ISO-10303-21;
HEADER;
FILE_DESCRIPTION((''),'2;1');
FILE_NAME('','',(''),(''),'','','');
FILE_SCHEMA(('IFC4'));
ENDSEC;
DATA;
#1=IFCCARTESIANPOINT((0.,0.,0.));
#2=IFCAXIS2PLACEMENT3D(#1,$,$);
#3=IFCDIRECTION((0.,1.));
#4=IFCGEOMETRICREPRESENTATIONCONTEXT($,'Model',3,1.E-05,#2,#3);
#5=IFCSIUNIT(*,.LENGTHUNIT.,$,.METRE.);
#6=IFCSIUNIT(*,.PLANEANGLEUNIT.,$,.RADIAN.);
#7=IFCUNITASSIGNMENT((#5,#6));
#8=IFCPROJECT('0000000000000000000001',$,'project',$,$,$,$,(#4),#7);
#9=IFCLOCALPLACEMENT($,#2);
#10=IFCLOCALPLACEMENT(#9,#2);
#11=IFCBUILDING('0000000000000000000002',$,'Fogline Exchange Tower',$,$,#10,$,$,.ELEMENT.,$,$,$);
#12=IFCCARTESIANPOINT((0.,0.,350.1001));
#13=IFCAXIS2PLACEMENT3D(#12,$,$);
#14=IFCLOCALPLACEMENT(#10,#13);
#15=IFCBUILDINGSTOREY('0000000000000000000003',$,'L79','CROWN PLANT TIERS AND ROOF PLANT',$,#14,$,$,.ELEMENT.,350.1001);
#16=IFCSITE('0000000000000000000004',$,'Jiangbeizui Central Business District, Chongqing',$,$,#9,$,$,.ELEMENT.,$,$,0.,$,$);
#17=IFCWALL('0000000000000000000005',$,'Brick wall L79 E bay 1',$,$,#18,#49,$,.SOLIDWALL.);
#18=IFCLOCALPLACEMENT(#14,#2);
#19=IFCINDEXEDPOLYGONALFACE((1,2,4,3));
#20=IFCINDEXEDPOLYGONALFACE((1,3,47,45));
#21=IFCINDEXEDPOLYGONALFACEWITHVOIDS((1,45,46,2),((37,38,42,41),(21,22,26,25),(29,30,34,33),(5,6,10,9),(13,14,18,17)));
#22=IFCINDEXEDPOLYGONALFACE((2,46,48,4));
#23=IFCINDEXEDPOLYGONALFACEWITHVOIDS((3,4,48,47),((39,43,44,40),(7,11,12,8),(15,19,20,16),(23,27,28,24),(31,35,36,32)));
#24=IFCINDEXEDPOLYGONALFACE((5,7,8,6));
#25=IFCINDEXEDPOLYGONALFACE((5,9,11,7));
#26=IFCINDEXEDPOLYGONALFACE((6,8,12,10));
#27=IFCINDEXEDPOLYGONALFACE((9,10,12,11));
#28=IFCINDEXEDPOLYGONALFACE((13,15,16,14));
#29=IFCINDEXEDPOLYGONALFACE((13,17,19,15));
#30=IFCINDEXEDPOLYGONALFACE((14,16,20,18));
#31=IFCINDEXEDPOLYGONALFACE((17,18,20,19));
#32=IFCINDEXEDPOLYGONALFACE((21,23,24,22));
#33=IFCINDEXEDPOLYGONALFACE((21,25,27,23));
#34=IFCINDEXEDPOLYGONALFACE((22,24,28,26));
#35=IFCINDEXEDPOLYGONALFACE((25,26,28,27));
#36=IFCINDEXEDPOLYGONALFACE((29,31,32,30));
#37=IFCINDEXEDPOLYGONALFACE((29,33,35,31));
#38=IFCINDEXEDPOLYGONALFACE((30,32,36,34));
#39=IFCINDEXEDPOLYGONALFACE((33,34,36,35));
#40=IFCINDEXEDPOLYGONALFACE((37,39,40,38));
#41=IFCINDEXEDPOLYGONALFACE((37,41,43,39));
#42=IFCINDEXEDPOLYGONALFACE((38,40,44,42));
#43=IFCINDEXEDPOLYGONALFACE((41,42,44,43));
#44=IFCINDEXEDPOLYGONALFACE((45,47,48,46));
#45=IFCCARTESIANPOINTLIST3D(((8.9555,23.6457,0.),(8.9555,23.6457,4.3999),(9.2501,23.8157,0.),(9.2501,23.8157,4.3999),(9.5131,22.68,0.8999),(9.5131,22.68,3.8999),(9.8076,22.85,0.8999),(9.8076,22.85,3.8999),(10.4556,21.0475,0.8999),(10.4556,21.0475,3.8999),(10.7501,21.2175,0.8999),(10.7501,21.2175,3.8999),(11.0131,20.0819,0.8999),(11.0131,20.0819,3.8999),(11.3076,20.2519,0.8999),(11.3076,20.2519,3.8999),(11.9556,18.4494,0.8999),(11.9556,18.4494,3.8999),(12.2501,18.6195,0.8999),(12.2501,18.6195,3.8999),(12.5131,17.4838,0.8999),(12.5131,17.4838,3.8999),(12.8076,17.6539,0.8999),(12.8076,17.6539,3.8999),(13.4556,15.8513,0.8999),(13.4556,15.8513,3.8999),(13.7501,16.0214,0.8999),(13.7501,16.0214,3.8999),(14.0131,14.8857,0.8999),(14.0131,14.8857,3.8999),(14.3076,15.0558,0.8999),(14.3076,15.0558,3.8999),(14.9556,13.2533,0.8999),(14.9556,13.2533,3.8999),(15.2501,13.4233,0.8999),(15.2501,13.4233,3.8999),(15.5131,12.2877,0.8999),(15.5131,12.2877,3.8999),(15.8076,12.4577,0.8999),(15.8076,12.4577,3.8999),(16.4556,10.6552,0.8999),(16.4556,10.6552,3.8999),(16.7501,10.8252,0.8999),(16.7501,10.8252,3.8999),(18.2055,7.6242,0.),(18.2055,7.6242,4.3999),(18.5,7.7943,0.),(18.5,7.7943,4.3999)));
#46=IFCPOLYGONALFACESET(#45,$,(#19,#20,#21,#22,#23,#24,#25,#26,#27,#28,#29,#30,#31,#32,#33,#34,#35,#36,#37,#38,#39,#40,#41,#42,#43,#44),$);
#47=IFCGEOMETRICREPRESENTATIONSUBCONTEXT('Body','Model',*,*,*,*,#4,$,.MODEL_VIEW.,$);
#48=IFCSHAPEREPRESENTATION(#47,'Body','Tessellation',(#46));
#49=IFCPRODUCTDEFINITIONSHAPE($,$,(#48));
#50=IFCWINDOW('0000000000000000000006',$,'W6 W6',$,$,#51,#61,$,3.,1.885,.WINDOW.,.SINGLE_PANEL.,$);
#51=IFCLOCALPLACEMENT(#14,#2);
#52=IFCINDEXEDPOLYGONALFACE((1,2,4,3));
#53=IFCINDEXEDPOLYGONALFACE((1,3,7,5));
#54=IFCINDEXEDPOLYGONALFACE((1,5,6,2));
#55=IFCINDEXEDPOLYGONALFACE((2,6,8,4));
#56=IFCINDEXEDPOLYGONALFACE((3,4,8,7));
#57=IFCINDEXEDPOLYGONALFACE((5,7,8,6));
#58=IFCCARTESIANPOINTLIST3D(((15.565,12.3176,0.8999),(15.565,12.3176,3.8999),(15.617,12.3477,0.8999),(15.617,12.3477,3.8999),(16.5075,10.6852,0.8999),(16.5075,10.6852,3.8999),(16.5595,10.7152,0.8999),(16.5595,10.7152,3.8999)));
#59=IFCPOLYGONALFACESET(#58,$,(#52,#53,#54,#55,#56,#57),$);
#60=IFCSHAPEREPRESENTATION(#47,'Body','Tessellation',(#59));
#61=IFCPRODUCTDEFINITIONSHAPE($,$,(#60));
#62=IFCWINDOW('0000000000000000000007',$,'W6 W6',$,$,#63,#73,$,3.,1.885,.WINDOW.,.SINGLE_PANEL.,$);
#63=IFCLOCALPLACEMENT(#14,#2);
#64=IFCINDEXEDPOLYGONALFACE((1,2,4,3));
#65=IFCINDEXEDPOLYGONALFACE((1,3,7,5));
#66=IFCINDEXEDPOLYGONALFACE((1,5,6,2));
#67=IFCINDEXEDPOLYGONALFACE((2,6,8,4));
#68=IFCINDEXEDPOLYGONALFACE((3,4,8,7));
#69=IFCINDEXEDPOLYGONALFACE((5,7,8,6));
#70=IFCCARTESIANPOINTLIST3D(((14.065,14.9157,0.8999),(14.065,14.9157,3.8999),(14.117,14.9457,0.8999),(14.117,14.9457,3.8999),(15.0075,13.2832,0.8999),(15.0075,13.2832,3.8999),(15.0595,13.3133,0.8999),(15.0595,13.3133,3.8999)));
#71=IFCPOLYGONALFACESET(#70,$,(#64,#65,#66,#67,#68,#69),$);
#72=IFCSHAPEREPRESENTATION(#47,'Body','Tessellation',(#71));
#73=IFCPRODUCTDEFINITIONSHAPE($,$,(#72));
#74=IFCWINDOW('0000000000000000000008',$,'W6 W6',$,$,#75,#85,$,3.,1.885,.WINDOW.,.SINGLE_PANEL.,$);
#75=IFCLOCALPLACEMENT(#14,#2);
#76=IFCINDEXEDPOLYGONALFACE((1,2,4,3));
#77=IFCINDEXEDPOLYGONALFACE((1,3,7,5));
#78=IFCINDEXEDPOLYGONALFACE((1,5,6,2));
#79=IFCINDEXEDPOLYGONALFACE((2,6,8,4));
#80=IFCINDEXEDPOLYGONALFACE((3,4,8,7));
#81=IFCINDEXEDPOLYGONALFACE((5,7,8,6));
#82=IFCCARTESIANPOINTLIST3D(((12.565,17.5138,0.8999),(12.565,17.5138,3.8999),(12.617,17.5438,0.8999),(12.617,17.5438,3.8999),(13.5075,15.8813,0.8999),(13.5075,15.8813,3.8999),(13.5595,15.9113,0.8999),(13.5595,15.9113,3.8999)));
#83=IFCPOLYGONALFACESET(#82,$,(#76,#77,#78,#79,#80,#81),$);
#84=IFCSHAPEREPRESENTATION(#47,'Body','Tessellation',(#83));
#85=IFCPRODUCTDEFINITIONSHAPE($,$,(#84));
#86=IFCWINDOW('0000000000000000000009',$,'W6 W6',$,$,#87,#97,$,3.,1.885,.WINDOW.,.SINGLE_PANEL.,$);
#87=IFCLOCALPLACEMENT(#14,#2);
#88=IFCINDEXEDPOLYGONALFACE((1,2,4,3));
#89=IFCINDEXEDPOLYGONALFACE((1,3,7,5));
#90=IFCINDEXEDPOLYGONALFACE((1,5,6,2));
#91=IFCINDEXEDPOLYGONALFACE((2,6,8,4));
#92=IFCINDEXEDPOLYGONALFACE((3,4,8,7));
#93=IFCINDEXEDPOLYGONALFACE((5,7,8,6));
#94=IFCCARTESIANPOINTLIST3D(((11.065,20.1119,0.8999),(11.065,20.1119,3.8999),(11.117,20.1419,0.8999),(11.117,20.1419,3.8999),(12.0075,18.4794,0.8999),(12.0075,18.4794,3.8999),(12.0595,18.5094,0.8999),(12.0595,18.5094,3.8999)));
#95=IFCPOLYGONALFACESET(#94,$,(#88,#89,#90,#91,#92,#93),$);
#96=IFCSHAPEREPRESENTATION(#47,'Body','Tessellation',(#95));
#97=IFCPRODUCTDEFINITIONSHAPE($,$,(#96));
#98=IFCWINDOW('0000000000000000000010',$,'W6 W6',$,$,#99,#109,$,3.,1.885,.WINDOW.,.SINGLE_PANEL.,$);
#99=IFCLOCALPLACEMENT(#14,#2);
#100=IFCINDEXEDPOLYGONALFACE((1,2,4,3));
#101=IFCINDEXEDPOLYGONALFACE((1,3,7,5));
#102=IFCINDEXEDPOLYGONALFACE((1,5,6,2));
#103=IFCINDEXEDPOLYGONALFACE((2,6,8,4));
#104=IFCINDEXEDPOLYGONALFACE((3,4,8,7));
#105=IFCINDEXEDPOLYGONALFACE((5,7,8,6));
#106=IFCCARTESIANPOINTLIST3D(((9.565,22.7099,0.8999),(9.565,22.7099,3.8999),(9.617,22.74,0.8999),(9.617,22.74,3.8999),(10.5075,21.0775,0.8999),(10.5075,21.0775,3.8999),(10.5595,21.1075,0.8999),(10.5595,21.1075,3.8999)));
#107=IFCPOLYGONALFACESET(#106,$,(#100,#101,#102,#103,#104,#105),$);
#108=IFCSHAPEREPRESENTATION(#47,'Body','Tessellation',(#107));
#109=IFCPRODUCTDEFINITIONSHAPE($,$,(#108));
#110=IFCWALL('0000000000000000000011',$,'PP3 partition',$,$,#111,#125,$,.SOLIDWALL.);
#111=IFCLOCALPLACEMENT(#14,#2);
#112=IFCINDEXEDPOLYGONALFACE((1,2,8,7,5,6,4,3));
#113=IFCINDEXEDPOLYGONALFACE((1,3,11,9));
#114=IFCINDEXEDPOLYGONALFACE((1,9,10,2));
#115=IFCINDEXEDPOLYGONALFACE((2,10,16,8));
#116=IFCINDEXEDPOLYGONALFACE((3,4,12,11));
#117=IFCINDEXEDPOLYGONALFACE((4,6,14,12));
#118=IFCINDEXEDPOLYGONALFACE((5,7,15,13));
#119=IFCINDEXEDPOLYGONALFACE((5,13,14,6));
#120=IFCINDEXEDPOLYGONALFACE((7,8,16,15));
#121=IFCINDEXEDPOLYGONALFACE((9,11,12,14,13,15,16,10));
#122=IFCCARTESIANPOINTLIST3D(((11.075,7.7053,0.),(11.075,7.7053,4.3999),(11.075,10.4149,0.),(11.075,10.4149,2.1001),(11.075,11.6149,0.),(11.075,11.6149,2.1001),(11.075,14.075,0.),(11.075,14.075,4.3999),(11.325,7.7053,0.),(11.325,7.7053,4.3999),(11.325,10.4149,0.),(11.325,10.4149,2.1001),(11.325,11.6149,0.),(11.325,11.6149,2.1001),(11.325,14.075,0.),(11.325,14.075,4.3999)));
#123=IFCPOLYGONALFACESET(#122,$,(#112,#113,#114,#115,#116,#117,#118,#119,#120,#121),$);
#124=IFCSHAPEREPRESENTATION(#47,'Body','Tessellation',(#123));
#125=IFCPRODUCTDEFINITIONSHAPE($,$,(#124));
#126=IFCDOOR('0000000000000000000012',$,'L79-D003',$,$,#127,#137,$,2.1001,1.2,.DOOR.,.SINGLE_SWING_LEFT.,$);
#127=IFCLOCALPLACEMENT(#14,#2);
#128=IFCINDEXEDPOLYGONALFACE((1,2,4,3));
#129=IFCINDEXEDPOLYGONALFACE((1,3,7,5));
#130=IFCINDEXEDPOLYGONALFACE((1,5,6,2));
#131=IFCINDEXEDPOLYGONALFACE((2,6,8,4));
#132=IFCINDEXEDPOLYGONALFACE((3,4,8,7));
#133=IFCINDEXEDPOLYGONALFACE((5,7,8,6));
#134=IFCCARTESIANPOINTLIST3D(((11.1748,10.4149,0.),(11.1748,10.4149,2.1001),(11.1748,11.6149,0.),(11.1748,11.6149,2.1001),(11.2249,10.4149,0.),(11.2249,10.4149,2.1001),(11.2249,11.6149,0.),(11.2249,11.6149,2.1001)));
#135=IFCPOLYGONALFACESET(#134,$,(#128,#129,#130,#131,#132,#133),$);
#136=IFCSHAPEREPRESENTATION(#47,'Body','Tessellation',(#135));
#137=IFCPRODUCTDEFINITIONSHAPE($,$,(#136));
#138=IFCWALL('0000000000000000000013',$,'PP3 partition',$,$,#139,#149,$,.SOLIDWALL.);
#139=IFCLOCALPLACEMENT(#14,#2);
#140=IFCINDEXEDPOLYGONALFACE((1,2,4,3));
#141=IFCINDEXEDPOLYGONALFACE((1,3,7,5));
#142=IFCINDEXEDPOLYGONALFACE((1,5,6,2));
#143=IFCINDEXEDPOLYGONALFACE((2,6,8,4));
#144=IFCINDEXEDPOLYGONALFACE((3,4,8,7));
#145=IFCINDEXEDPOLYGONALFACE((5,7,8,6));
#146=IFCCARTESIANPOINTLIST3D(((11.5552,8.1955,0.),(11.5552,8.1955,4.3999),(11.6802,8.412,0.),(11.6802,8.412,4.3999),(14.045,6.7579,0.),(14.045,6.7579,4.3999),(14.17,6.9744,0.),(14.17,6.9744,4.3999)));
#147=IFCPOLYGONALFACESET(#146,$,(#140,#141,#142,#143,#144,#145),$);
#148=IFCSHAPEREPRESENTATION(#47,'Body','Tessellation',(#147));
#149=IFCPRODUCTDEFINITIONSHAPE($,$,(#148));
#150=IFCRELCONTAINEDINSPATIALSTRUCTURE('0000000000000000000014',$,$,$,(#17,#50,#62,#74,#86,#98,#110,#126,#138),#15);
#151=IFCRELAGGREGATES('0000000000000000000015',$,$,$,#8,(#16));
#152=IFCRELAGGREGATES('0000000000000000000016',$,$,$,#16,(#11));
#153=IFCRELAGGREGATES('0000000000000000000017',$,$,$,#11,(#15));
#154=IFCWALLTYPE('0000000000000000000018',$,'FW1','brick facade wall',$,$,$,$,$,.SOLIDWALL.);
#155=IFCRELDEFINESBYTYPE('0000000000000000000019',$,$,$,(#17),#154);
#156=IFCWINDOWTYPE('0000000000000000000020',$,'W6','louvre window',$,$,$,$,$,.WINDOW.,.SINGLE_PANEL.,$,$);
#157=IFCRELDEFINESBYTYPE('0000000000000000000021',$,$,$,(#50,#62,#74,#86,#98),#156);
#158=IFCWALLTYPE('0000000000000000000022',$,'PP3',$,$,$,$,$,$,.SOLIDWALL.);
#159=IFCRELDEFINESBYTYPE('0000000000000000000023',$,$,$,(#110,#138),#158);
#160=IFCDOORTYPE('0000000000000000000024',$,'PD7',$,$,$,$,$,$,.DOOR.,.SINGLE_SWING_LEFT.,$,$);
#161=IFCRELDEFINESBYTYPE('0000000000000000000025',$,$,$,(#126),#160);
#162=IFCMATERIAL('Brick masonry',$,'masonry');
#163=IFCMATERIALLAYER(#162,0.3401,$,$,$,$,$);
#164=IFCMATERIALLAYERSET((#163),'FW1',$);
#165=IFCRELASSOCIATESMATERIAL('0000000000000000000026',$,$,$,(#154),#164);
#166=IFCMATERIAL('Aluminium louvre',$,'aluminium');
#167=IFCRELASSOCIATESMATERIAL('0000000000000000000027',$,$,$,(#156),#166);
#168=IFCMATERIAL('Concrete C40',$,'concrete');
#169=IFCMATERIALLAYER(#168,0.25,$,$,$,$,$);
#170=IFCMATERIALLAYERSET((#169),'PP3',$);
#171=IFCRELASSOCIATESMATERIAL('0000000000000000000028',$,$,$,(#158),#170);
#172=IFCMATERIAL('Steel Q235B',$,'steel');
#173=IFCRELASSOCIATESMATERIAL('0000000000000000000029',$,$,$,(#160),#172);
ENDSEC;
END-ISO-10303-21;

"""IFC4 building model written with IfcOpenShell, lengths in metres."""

from ifc_helpers import new_model, si_unit, direction, frame, frame_2d, origin, place, context, subcontext, project, spatial, rectangle, extrude, material, layer, layer_set, type_object, element, fill, save


model = new_model("IFC4")

# Units and contexts
model_context = context("Model", 3, precision=1e-05, world=origin(), true_north=direction((0.0, 1.0)))
body_context = subcontext(model_context, "Body", "Model", "MODEL_VIEW")
ifc_project = project(units=[si_unit("LENGTHUNIT", "METRE"), si_unit("PLANEANGLEUNIT", "RADIAN")], contexts=[model_context])

# Site, building, storey
site_placement = place(None, origin())
site = spatial("IfcSite", under=ifc_project, at=site_placement, Name="Jiangbeizui Central Business District, Chongqing", CompositionType="ELEMENT", RefElevation=0.0)
building_placement = place(site_placement, origin())
building = spatial("IfcBuilding", under=site, at=building_placement, Name="Fogline Exchange Tower", CompositionType="ELEMENT")
storey_placement = place(building_placement, frame((0.0, 0.0, 350.1001)))
storey = spatial("IfcBuildingStorey", under=building, at=storey_placement, Name="L79", Description="CROWN PLANT TIERS AND ROOF PLANT", CompositionType="ELEMENT", Elevation=350.1001)

# Shared definitions
ifc_material_1 = material(Name="Concrete C40", Category="concrete")

# Wall, openings, windows
ifc_material_2 = material(Name="Brick masonry", Category="masonry")
ifc_layer_1 = layer(ifc_material_2, 0.3401)
ifc_layer_set_1 = layer_set([ifc_layer_1], Name="FW1")
wall_type_1 = type_object("IfcWallType", Name="FW1", Description="brick facade wall", PredefinedType="SOLIDWALL", material=ifc_layer_set_1)
wall_1_placement = place(storey_placement, frame((18.3528, 7.7092, 0.0), z_axis=(0.0, 0.0, 1.0), x_axis=(-0.5, 0.866026, 0.0)))
wall_1 = element("IfcWall", 1, at=wall_1_placement, inside=storey, type_object=wall_type_1, Name="Brick wall L79 E bay 1", PredefinedType="SOLIDWALL", context=body_context, shape_type="SweptSolid", body=[
    extrude(rectangle(XDim=18.5, YDim=0.3401, at=frame_2d((9.25, 0.0))), origin(), (0.0, 0.0, 1.0), 4.3999),
])
opening_1_placement = place(wall_1_placement, frame((3.5, 0.0, 0.8999)))
opening_1 = element("IfcOpeningElement", 2, at=opening_1_placement, cuts=wall_1, PredefinedType="OPENING", context=body_context, shape_type="SweptSolid", body=[
    extrude(rectangle(XDim=1.885, YDim=3.0, at=frame_2d((0.9424, 1.5))), frame((0.0, 0.1802, 0.0), z_axis=(0.0, -1.0, 0.0), x_axis=(1.0, 0.0, 0.0)), (0.0, 0.0, 1.0), 0.3601),
])
opening_2_placement = place(wall_1_placement, frame((6.5, 0.0, 0.8999)))
opening_2 = element("IfcOpeningElement", 3, at=opening_2_placement, cuts=wall_1, PredefinedType="OPENING", context=body_context, shape_type="SweptSolid", body=[
    extrude(rectangle(XDim=1.885, YDim=3.0, at=frame_2d((0.9424, 1.5))), frame((0.0, 0.1802, 0.0), z_axis=(0.0, -1.0, 0.0), x_axis=(1.0, 0.0, 0.0)), (0.0, 0.0, 1.0), 0.3601),
])
opening_3_placement = place(wall_1_placement, frame((9.5, 0.0, 0.8999)))
opening_3 = element("IfcOpeningElement", 4, at=opening_3_placement, cuts=wall_1, PredefinedType="OPENING", context=body_context, shape_type="SweptSolid", body=[
    extrude(rectangle(XDim=1.885, YDim=3.0, at=frame_2d((0.9424, 1.5))), frame((0.0, 0.1802, 0.0), z_axis=(0.0, -1.0, 0.0), x_axis=(1.0, 0.0, 0.0)), (0.0, 0.0, 1.0), 0.3601),
])
opening_4_placement = place(wall_1_placement, frame((12.5, 0.0, 0.8999)))
opening_4 = element("IfcOpeningElement", 5, at=opening_4_placement, cuts=wall_1, PredefinedType="OPENING", context=body_context, shape_type="SweptSolid", body=[
    extrude(rectangle(XDim=1.885, YDim=3.0, at=frame_2d((0.9424, 1.5))), frame((0.0, 0.1802, 0.0), z_axis=(0.0, -1.0, 0.0), x_axis=(1.0, 0.0, 0.0)), (0.0, 0.0, 1.0), 0.3601),
])
opening_5_placement = place(wall_1_placement, frame((15.5, 0.0, 0.8999)))
opening_5 = element("IfcOpeningElement", 6, at=opening_5_placement, cuts=wall_1, PredefinedType="OPENING", context=body_context, shape_type="SweptSolid", body=[
    extrude(rectangle(XDim=1.885, YDim=3.0, at=frame_2d((0.9424, 1.5))), frame((0.0, 0.1802, 0.0), z_axis=(0.0, -1.0, 0.0), x_axis=(1.0, 0.0, 0.0)), (0.0, 0.0, 1.0), 0.3601),
])
ifc_material_3 = material(Name="Aluminium louvre", Category="aluminium")
window_type = type_object("IfcWindowType", Name="W6", Description="louvre window", PartitioningType="SINGLE_PANEL", PredefinedType="WINDOW", material=ifc_material_3)
window_1_placement = place(opening_1_placement, origin())
window_1 = element("IfcWindow", 7, at=window_1_placement, inside=storey, type_object=window_type, Name="W6 W6", OverallHeight=3.0, OverallWidth=1.885, PartitioningType="SINGLE_PANEL", PredefinedType="WINDOW", context=body_context, shape_type="SweptSolid", body=[
    extrude(rectangle(XDim=1.885, YDim=3.0, at=frame_2d((0.9424, 1.5))), frame((0.0, 0.1101, 0.0), z_axis=(0.0, -1.0, 0.0), x_axis=(1.0, 0.0, 0.0)), (0.0, 0.0, 1.0), 0.0601),
])
fill(opening_1, window_1)
window_2_placement = place(opening_2_placement, origin())
window_2 = element("IfcWindow", 8, at=window_2_placement, inside=storey, type_object=window_type, Name="W6 W6", OverallHeight=3.0, OverallWidth=1.885, PartitioningType="SINGLE_PANEL", PredefinedType="WINDOW", context=body_context, shape_type="SweptSolid", body=[
    extrude(rectangle(XDim=1.885, YDim=3.0, at=frame_2d((0.9424, 1.5))), frame((0.0, 0.1101, 0.0), z_axis=(0.0, -1.0, 0.0), x_axis=(1.0, 0.0, 0.0)), (0.0, 0.0, 1.0), 0.0601),
])
fill(opening_2, window_2)
window_3_placement = place(opening_3_placement, origin())
window_3 = element("IfcWindow", 9, at=window_3_placement, inside=storey, type_object=window_type, Name="W6 W6", OverallHeight=3.0, OverallWidth=1.885, PartitioningType="SINGLE_PANEL", PredefinedType="WINDOW", context=body_context, shape_type="SweptSolid", body=[
    extrude(rectangle(XDim=1.885, YDim=3.0, at=frame_2d((0.9424, 1.5))), frame((0.0, 0.1101, 0.0), z_axis=(0.0, -1.0, 0.0), x_axis=(1.0, 0.0, 0.0)), (0.0, 0.0, 1.0), 0.0601),
])
fill(opening_3, window_3)
window_4_placement = place(opening_4_placement, origin())
window_4 = element("IfcWindow", 10, at=window_4_placement, inside=storey, type_object=window_type, Name="W6 W6", OverallHeight=3.0, OverallWidth=1.885, PartitioningType="SINGLE_PANEL", PredefinedType="WINDOW", context=body_context, shape_type="SweptSolid", body=[
    extrude(rectangle(XDim=1.885, YDim=3.0, at=frame_2d((0.9424, 1.5))), frame((0.0, 0.1101, 0.0), z_axis=(0.0, -1.0, 0.0), x_axis=(1.0, 0.0, 0.0)), (0.0, 0.0, 1.0), 0.0601),
])
fill(opening_4, window_4)
window_5_placement = place(opening_5_placement, origin())
window_5 = element("IfcWindow", 11, at=window_5_placement, inside=storey, type_object=window_type, Name="W6 W6", OverallHeight=3.0, OverallWidth=1.885, PartitioningType="SINGLE_PANEL", PredefinedType="WINDOW", context=body_context, shape_type="SweptSolid", body=[
    extrude(rectangle(XDim=1.885, YDim=3.0, at=frame_2d((0.9424, 1.5))), frame((0.0, 0.1101, 0.0), z_axis=(0.0, -1.0, 0.0), x_axis=(1.0, 0.0, 0.0)), (0.0, 0.0, 1.0), 0.0601),
])
fill(opening_5, window_5)

# Wall, opening, door
ifc_layer_2 = layer(ifc_material_1, 0.25)
ifc_layer_set_2 = layer_set([ifc_layer_2], Name="PP3")
wall_type_2 = type_object("IfcWallType", Name="PP3", PredefinedType="SOLIDWALL", material=ifc_layer_set_2)
wall_2_placement = place(storey_placement, frame((11.2, 14.075, 0.0), z_axis=(0.0, 0.0, 1.0), x_axis=(0.0, -1.0, 0.0)))
wall_2 = element("IfcWall", 12, at=wall_2_placement, inside=storey, type_object=wall_type_2, Name="PP3 partition", PredefinedType="SOLIDWALL", context=body_context, shape_type="SweptSolid", body=[
    extrude(rectangle(XDim=6.3696, YDim=0.25, at=frame_2d((3.1848, 0.0))), origin(), (0.0, 0.0, 1.0), 4.3999),
])
opening_6_placement = place(wall_2_placement, frame((2.46, 0.0, 0.0)))
opening_6 = element("IfcOpeningElement", 13, at=opening_6_placement, cuts=wall_2, PredefinedType="OPENING", context=body_context, shape_type="SweptSolid", body=[
    extrude(rectangle(XDim=1.2, YDim=2.1001, at=frame_2d((0.6001, 1.05))), frame((0.0, 0.135, 0.0), z_axis=(0.0, -1.0, 0.0), x_axis=(1.0, 0.0, 0.0)), (0.0, 0.0, 1.0), 0.27),
])
ifc_material_4 = material(Name="Steel Q235B", Category="steel")
door_type_1 = type_object("IfcDoorType", Name="PD7", OperationType="SINGLE_SWING_LEFT", PredefinedType="DOOR", material=ifc_material_4)
door_1_placement = place(opening_6_placement, origin())
door_1 = element("IfcDoor", 14, at=door_1_placement, inside=storey, type_object=door_type_1, Name="L79-D003", OperationType="SINGLE_SWING_LEFT", OverallHeight=2.1001, OverallWidth=1.2, PredefinedType="DOOR", context=body_context, shape_type="SweptSolid", body=[
    extrude(rectangle(XDim=1.2, YDim=2.1001, at=frame_2d((0.6001, 1.05))), frame((0.0, 0.0249, 0.0), z_axis=(0.0, -1.0, 0.0), x_axis=(1.0, 0.0, 0.0)), (0.0, 0.0, 1.0), 0.05),
])
fill(opening_6, door_1)

# Wall
wall_3_placement = place(storey_placement, frame((11.6177, 8.3037, 0.0), z_axis=(0.0, 0.0, 1.0), x_axis=(0.866019, -0.500012, 0.0)))
element("IfcWall", 15, at=wall_3_placement, inside=storey, type_object=wall_type_2, Name="PP3 partition", PredefinedType="SOLIDWALL", context=body_context, shape_type="SweptSolid", body=[
    extrude(rectangle(XDim=2.875, YDim=0.25, at=frame_2d((1.4375, 0.0))), origin(), (0.0, 0.0, 1.0), 4.3999),
])

save(model, "model.ifc")
